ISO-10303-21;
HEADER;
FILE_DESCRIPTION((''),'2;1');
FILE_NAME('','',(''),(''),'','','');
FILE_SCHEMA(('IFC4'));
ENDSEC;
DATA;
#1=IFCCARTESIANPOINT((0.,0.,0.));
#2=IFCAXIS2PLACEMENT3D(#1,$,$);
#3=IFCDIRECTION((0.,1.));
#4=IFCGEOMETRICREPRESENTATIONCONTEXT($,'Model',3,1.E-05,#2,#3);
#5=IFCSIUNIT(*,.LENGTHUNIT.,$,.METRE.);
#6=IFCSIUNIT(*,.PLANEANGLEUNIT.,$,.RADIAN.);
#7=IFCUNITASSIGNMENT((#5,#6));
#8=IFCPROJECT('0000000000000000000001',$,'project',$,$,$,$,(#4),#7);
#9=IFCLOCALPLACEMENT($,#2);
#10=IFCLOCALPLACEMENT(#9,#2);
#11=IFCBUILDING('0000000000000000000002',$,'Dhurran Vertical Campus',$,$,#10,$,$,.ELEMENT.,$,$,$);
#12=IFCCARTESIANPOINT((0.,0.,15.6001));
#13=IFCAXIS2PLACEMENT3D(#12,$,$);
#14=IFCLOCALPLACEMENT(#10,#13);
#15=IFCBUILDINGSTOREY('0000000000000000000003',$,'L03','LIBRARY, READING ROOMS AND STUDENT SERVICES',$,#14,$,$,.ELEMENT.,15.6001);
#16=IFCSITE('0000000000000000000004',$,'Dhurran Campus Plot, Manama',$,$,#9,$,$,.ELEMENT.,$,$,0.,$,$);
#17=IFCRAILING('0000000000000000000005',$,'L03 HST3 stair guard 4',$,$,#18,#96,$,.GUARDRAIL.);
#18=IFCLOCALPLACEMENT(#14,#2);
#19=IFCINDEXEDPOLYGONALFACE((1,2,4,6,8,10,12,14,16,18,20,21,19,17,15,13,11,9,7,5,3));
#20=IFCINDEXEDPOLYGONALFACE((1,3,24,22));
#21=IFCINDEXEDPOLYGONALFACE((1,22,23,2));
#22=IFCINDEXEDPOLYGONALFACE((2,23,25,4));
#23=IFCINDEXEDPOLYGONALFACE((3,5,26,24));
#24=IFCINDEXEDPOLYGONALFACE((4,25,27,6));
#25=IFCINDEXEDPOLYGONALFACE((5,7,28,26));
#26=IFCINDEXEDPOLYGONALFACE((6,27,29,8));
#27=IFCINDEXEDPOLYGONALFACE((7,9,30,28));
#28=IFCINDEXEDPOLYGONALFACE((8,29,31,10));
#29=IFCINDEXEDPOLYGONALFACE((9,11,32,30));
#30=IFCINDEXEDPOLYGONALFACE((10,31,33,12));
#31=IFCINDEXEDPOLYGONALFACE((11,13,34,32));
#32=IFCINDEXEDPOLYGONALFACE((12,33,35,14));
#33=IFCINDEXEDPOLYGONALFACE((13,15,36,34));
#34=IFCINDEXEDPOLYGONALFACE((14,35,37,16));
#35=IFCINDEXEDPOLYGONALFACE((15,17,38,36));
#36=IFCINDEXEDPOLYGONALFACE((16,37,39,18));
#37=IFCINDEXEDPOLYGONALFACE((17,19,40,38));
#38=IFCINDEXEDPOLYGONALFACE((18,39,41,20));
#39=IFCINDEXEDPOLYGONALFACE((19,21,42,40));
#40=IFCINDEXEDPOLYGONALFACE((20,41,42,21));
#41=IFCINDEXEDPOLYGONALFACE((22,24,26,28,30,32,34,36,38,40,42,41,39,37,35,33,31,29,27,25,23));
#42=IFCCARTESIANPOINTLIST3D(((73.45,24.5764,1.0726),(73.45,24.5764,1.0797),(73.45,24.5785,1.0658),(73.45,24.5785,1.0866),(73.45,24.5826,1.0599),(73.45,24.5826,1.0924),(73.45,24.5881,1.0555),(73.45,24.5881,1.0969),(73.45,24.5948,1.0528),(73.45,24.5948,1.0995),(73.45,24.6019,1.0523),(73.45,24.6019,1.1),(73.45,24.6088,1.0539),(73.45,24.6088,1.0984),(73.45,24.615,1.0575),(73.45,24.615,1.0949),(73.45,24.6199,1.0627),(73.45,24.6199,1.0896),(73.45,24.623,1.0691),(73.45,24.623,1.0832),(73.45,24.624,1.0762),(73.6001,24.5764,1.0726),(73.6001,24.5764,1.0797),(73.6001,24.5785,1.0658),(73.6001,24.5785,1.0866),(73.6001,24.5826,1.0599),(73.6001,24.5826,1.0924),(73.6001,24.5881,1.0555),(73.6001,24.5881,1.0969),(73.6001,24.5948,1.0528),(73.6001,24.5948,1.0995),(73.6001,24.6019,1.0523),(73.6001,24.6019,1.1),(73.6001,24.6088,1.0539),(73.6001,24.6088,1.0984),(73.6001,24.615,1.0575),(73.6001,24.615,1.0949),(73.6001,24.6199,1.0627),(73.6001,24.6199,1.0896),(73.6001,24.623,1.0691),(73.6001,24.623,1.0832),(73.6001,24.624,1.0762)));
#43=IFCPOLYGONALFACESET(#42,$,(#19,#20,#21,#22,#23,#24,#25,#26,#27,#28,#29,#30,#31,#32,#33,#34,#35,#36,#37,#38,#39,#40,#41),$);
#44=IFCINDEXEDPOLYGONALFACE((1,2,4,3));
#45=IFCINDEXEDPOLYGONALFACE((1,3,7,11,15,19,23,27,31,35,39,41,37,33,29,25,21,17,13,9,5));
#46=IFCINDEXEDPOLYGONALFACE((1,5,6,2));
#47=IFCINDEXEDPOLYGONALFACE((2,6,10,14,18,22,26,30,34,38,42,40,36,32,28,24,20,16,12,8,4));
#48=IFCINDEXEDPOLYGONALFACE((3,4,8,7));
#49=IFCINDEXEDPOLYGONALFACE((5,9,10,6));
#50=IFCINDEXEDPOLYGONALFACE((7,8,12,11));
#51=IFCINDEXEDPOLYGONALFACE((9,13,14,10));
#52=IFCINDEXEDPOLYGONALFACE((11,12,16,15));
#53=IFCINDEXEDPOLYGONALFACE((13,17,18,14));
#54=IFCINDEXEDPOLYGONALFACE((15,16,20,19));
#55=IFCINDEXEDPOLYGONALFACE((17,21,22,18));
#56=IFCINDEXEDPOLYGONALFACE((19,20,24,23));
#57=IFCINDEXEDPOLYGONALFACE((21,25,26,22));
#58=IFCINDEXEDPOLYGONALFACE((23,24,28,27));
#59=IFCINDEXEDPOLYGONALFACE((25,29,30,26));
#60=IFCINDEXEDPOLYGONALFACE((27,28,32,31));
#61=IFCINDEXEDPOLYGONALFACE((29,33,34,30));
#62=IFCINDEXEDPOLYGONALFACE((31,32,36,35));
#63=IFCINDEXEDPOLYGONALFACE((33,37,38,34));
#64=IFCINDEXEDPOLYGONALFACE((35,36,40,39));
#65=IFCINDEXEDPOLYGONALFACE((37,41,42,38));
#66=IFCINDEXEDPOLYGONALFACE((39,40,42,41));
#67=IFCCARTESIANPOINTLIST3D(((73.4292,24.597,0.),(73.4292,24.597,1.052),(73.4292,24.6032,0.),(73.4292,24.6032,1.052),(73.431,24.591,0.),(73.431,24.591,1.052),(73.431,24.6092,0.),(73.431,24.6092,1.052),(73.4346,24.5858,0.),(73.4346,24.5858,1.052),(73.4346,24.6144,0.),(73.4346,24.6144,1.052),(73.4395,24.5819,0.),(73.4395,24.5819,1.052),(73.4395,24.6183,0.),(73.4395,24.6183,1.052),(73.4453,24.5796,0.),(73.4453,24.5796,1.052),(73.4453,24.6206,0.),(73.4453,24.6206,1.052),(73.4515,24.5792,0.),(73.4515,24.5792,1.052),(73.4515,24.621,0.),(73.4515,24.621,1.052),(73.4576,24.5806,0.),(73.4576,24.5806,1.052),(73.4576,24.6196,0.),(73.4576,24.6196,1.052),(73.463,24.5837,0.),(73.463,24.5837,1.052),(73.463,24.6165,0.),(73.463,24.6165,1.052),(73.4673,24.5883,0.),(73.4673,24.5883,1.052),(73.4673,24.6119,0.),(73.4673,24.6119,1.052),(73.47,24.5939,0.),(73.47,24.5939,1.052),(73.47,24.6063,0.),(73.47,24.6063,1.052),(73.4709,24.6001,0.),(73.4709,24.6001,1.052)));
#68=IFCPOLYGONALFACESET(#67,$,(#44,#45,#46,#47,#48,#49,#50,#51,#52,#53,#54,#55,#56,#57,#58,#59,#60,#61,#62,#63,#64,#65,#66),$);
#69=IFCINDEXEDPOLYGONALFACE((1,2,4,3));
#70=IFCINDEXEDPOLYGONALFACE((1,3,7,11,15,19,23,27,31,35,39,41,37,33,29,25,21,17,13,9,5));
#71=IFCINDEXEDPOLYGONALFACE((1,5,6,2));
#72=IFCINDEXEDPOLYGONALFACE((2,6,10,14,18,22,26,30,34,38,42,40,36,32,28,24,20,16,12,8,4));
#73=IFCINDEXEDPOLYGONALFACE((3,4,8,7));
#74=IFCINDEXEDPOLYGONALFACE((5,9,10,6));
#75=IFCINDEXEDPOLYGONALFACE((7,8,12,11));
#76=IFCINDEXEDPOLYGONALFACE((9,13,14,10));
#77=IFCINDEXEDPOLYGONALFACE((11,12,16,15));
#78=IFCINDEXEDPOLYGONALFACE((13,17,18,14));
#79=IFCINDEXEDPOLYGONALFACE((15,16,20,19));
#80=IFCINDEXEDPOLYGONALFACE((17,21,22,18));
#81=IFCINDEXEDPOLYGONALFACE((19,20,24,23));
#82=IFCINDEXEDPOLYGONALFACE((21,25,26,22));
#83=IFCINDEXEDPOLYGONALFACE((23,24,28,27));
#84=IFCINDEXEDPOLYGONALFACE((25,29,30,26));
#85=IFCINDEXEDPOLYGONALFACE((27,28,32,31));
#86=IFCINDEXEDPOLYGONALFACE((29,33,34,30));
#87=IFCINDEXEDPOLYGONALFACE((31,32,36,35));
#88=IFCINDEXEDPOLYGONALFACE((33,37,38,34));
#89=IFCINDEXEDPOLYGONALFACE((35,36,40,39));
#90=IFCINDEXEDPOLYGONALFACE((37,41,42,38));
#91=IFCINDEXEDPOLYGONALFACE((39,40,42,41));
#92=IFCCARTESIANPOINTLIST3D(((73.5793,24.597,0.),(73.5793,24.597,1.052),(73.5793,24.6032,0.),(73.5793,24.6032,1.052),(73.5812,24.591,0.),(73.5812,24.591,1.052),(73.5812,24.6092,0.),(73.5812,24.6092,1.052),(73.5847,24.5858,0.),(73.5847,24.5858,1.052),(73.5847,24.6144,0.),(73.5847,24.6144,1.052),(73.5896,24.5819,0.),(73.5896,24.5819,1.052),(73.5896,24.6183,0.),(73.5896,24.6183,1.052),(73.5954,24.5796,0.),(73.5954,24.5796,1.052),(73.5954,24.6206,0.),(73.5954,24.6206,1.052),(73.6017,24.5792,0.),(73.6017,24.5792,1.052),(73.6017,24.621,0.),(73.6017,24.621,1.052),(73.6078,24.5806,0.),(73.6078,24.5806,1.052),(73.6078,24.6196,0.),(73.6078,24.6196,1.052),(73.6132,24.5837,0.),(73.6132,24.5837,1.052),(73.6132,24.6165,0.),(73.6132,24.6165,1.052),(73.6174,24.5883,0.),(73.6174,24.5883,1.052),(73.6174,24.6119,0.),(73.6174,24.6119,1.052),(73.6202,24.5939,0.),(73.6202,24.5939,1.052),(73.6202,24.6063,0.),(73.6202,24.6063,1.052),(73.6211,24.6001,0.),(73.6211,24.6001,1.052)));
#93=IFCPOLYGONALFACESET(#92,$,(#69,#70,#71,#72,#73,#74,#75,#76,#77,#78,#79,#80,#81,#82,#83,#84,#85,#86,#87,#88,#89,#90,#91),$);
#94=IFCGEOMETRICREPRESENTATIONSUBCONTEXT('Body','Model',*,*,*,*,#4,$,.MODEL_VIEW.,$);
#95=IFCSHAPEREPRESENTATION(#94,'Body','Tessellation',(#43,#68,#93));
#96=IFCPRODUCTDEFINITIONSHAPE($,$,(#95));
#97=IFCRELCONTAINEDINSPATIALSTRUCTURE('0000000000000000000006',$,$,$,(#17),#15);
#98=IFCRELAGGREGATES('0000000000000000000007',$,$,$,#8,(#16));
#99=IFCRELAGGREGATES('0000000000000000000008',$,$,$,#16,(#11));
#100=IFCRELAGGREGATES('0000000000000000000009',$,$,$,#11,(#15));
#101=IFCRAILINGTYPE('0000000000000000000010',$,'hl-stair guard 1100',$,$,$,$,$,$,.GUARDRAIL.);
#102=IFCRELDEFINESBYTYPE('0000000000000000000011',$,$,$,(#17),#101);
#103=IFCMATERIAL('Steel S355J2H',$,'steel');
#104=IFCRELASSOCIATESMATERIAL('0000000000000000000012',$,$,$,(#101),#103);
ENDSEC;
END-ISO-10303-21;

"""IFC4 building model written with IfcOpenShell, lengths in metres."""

from ifc_helpers import new_model, si_unit, direction, frame, origin, origin_2d, place, context, subcontext, project, spatial, circle, extrude, material, type_object, element, save


model = new_model("IFC4")

# Units and contexts
model_context = context("Model", 3, precision=1e-05, world=origin(), true_north=direction((0.0, 1.0)))
body_context = subcontext(model_context, "Body", "Model", "MODEL_VIEW")
ifc_project = project(units=[si_unit("LENGTHUNIT", "METRE"), si_unit("PLANEANGLEUNIT", "RADIAN")], contexts=[model_context])

# Site, building, storey
site_placement = place(None, origin())
site = spatial("IfcSite", under=ifc_project, at=site_placement, Name="Dhurran Campus Plot, Manama", CompositionType="ELEMENT", RefElevation=0.0)
building_placement = place(site_placement, origin())
building = spatial("IfcBuilding", under=site, at=building_placement, Name="Dhurran Vertical Campus", CompositionType="ELEMENT")
storey_placement = place(building_placement, frame((0.0, 0.0, 15.6001)))
storey = spatial("IfcBuildingStorey", under=building, at=storey_placement, Name="L03", Description="LIBRARY, READING ROOMS AND STUDENT SERVICES", CompositionType="ELEMENT", Elevation=15.6001)

# Railing
ifc_material_1 = material(Name="Steel S355J2H", Category="steel")
railing_type_1 = type_object("IfcRailingType", Name="hl-stair guard 1100", PredefinedType="GUARDRAIL", material=ifc_material_1)
railing_1_placement = place(storey_placement, frame((73.45, 24.6001, 0.0)))
element("IfcRailing", 1, at=railing_1_placement, inside=storey, type_object=railing_type_1, Name="L03 HST3 stair guard 4", PredefinedType="GUARDRAIL", context=body_context, shape_type="SweptSolid", body=[
    extrude(circle(Radius=0.0239, at=origin_2d()), frame((0.0, 0.0, 1.0762), z_axis=(1.0, 0.0, 0.0), x_axis=(0.0, 1.0, 0.0)), (0.0, 0.0, 1.0), 0.1501),
    extrude(circle(Radius=0.021, at=origin_2d()), origin(), (0.0, 0.0, 1.0), 1.052),
    extrude(circle(Radius=0.021, at=origin_2d()), frame((0.1501, 0.0, 0.0)), (0.0, 0.0, 1.0), 1.052),
])

save(model, "model.ifc")
